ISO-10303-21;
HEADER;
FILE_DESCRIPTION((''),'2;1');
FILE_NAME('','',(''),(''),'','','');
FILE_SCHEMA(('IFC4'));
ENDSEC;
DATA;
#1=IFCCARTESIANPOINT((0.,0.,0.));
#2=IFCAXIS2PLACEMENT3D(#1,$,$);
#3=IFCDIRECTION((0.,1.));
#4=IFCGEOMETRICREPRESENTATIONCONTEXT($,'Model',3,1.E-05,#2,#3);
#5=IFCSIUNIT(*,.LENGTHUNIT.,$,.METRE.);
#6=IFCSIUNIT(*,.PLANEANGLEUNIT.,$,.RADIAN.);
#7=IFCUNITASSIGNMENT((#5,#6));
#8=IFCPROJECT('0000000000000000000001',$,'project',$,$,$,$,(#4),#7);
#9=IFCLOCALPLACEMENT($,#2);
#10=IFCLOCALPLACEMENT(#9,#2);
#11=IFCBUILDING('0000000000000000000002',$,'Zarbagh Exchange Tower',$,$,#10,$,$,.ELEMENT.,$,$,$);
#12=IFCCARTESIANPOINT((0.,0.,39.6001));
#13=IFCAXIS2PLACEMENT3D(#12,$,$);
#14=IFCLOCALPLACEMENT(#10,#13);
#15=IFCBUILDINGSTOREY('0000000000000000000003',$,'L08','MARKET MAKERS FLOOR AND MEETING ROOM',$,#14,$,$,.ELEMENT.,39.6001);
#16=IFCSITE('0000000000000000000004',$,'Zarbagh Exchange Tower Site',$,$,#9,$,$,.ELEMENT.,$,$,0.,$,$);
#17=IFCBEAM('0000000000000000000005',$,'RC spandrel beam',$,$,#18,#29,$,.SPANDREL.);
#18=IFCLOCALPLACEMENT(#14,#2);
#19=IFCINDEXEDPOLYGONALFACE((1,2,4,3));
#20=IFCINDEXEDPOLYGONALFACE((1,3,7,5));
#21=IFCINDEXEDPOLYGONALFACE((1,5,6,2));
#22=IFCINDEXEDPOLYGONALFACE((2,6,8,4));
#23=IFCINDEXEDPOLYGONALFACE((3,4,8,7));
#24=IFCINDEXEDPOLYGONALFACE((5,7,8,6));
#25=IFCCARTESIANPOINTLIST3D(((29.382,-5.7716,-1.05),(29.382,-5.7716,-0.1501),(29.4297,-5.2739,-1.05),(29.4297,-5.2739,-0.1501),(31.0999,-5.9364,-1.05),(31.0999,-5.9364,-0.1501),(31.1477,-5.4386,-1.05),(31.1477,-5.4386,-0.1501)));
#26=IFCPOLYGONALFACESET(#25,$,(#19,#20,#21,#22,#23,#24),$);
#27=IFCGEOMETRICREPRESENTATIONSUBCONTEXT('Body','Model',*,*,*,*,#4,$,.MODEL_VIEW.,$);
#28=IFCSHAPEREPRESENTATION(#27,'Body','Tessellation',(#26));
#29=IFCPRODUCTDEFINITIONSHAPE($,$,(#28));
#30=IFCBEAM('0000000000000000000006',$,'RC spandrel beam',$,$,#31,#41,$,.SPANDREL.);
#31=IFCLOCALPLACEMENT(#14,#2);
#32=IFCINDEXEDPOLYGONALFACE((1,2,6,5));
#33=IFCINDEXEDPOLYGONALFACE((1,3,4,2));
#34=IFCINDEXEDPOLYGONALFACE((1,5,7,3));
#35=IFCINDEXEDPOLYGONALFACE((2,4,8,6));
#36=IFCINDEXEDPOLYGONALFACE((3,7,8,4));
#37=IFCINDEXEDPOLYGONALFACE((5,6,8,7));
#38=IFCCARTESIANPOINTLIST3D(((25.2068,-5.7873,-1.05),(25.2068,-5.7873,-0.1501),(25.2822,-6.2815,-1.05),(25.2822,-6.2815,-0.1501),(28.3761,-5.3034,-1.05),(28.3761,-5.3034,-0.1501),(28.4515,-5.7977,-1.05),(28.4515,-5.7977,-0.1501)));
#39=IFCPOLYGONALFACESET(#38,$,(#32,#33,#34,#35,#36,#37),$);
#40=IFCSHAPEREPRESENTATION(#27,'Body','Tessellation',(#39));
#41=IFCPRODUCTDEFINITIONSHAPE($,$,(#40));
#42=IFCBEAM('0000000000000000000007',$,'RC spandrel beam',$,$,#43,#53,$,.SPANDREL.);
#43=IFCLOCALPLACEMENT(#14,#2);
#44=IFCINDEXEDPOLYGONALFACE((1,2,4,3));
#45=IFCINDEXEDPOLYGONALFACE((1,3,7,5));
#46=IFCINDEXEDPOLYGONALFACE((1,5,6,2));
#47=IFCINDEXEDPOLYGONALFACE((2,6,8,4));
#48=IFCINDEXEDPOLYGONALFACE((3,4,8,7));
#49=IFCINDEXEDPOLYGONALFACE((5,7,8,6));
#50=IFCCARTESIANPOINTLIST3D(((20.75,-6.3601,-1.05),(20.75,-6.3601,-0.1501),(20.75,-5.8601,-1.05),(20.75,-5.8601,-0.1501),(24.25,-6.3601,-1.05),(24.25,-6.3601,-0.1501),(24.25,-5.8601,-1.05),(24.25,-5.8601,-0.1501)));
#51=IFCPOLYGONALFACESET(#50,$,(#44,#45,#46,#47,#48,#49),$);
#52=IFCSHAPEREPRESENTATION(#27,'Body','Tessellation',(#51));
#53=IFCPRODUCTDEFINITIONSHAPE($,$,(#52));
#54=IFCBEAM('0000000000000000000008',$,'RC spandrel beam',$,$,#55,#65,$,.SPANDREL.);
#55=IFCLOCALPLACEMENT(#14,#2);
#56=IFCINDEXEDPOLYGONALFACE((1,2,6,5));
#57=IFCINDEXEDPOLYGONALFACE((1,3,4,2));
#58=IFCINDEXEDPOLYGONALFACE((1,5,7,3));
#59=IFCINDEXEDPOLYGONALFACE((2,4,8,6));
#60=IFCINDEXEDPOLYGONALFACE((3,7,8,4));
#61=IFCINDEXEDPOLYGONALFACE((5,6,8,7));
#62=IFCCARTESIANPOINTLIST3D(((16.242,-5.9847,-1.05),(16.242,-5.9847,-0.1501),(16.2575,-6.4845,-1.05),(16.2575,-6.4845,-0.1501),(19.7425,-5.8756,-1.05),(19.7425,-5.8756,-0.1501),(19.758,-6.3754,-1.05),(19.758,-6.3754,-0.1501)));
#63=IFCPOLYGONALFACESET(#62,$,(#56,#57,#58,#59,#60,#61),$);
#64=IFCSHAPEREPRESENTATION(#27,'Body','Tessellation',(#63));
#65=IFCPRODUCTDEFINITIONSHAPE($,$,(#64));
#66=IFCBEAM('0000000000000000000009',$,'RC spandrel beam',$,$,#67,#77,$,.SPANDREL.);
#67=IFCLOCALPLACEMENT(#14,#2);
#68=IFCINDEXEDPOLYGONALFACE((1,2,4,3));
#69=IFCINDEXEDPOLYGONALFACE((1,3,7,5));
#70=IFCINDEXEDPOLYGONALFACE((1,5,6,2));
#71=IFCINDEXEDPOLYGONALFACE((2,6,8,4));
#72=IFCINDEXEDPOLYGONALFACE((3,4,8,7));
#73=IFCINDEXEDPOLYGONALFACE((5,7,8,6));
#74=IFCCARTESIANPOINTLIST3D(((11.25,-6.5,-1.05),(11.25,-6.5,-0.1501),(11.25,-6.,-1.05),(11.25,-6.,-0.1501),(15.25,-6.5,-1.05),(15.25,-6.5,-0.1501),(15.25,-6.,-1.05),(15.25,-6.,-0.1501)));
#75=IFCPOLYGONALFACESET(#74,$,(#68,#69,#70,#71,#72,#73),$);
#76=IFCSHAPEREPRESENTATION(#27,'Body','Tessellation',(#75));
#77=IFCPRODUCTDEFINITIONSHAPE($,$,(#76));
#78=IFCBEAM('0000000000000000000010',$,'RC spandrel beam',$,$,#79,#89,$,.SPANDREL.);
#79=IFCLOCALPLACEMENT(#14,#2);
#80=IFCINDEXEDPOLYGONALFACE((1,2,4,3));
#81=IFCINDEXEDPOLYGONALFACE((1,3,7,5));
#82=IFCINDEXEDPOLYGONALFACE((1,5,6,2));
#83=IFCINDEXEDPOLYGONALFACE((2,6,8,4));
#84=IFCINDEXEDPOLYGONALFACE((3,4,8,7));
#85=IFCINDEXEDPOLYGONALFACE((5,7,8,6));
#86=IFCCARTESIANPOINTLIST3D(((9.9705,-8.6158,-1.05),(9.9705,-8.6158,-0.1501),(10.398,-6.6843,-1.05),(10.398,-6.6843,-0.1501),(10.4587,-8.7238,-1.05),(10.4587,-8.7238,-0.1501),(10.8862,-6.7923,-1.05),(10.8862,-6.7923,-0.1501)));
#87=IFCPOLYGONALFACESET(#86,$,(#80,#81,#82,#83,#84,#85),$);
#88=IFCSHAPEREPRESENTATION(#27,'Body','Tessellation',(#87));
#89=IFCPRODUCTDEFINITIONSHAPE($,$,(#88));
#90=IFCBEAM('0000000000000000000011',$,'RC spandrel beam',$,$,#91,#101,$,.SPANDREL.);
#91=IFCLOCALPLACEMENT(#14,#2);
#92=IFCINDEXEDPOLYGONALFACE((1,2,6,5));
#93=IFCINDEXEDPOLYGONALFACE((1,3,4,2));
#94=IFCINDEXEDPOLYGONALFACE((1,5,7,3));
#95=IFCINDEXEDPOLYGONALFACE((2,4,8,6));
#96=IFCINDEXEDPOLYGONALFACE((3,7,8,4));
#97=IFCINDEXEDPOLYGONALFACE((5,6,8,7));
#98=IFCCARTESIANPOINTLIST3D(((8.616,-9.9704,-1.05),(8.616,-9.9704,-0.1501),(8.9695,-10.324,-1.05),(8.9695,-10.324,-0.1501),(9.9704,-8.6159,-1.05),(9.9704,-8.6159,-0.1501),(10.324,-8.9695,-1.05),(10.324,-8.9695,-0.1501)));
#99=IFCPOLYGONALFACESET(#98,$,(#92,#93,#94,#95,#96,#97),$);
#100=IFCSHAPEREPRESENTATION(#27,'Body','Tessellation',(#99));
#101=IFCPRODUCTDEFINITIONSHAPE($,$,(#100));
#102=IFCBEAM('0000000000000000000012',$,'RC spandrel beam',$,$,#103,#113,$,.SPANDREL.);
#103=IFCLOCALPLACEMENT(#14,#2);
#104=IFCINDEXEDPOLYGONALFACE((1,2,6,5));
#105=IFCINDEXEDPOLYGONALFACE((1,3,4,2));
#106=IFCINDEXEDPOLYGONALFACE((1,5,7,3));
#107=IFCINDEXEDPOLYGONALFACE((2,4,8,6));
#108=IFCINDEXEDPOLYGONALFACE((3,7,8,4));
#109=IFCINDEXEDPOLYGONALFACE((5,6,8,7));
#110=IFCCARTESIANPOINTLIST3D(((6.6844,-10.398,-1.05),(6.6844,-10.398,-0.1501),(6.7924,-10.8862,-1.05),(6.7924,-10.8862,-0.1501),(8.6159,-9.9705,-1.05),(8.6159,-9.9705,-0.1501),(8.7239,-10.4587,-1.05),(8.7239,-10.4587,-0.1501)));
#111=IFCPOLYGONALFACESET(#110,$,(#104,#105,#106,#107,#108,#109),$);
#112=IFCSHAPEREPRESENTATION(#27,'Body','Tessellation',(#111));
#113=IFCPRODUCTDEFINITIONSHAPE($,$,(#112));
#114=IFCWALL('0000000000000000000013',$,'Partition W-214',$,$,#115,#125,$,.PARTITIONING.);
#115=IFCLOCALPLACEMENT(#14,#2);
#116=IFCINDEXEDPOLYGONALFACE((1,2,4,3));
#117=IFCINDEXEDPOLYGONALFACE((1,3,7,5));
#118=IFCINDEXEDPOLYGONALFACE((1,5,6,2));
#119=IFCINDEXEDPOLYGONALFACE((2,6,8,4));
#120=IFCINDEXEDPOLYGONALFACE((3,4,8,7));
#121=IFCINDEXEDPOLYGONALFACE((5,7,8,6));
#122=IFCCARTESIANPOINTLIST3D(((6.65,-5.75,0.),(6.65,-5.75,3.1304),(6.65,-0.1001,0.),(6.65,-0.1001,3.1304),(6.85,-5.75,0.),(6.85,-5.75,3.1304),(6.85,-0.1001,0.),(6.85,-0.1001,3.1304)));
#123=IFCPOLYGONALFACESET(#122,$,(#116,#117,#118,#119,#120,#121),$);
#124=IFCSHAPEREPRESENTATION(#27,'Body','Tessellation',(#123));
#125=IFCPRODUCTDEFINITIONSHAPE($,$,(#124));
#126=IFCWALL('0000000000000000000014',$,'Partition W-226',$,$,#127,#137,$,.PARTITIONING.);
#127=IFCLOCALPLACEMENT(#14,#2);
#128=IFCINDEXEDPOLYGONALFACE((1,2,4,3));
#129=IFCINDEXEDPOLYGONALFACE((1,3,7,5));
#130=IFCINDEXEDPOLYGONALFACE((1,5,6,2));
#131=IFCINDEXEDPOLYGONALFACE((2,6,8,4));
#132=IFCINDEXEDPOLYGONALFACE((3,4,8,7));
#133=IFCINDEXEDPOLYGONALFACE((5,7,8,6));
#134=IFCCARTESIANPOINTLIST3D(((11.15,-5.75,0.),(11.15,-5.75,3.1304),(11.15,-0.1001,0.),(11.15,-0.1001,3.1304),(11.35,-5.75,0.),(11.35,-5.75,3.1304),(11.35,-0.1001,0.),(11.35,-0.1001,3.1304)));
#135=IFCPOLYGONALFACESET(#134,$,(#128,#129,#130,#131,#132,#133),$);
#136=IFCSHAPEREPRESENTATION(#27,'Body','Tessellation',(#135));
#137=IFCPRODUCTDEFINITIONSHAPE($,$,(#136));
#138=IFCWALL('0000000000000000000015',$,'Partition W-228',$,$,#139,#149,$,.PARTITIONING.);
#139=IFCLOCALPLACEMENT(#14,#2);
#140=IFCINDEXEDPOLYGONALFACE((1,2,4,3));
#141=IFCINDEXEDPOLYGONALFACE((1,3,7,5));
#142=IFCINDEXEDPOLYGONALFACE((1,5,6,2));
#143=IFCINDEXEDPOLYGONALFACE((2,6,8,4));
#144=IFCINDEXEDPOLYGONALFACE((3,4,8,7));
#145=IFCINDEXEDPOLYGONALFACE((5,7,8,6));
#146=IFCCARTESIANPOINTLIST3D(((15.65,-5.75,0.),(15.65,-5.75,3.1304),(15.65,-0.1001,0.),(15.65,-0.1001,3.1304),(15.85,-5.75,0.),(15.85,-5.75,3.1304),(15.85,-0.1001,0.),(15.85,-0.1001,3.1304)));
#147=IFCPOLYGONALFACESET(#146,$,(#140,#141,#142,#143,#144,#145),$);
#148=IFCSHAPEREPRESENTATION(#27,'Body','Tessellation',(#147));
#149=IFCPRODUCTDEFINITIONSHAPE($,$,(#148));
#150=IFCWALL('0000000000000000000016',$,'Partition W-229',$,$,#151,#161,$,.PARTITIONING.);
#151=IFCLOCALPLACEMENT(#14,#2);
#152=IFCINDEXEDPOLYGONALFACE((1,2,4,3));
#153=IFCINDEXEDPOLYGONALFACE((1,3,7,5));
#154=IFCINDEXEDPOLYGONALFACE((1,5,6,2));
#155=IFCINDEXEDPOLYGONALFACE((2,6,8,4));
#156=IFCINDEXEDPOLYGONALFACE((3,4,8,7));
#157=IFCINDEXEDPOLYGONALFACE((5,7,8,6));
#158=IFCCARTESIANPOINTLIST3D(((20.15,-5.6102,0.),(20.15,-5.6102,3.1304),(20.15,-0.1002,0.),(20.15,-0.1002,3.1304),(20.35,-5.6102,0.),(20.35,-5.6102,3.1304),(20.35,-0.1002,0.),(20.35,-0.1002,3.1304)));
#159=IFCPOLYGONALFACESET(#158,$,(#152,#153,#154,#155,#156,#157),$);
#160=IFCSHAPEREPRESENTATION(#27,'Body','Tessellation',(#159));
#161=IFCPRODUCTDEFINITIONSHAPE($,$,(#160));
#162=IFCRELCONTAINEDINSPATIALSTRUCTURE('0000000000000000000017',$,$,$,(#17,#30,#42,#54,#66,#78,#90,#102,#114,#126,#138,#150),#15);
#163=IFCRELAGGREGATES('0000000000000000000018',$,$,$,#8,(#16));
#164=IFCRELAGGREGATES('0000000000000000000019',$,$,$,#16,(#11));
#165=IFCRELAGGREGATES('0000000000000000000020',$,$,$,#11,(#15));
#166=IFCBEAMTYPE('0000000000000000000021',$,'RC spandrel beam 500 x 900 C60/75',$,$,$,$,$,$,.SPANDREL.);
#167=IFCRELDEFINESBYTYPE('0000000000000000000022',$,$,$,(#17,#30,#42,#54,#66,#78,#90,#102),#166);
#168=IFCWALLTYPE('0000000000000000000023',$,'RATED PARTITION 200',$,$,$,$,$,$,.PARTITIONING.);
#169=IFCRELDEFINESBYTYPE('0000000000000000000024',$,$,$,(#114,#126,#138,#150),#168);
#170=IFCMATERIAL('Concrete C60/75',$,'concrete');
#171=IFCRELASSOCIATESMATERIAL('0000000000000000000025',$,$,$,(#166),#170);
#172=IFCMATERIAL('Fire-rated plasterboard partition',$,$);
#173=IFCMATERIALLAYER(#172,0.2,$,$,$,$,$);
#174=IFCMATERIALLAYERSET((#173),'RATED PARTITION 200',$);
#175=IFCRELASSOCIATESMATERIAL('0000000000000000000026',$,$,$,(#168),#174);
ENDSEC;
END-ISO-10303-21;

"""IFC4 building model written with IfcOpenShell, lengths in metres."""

from ifc_helpers import new_model, si_unit, direction, frame, frame_2d, origin, origin_2d, place, context, subcontext, project, spatial, rectangle, extrude, material, layer, layer_set, material_profile, profile_set, type_object, element, save


model = new_model("IFC4")

# Units and contexts
model_context = context("Model", 3, precision=1e-05, world=origin(), true_north=direction((0.0, 1.0)))
body_context = subcontext(model_context, "Body", "Model", "MODEL_VIEW")
ifc_project = project(units=[si_unit("LENGTHUNIT", "METRE"), si_unit("PLANEANGLEUNIT", "RADIAN")], contexts=[model_context])

# Site, building, storey
site_placement = place(None, origin())
site = spatial("IfcSite", under=ifc_project, at=site_placement, Name="Zarbagh Exchange Tower Site", CompositionType="ELEMENT", RefElevation=0.0)
building_placement = place(site_placement, origin())
building = spatial("IfcBuilding", under=site, at=building_placement, Name="Zarbagh Exchange Tower", CompositionType="ELEMENT")
storey_placement = place(building_placement, frame((0.0, 0.0, 39.6001)))
storey = spatial("IfcBuildingStorey", under=building, at=storey_placement, Name="L08", Description="MARKET MAKERS FLOOR AND MEETING ROOM", CompositionType="ELEMENT", Elevation=39.6001)

# Shared definitions
ifc_material_1 = material(Name="Concrete C60/75", Category="concrete")

# Beams
ifc_material_profile_1 = material_profile(ifc_material_1, rectangle(XDim=0.5, YDim=0.8999, at=origin_2d()), Name="RC spandrel beam 500 x 900 C60/75")
ifc_profile_set_1 = profile_set([ifc_material_profile_1], Name="Concrete C60/75")
beam_type_1 = type_object("IfcBeamType", Name="RC spandrel beam 500 x 900 C60/75", PredefinedType="SPANDREL", material=ifc_profile_set_1)
beam_1_placement = place(storey_placement, frame((31.1238, -5.6875, -0.6001), z_axis=(-0.995431, 0.095483, 0.0), x_axis=(-0.095483, -0.995431, 0.0)))
element("IfcBeam", 1, at=beam_1_placement, inside=storey, type_object=beam_type_1, Name="RC spandrel beam", PredefinedType="SPANDREL", context=body_context, shape_type="SweptSolid", body=[
    extrude(rectangle(XDim=0.5, YDim=0.8999, at=origin_2d()), origin(), (0.0, 0.0, 1.0), 1.7258),
])
beam_2_placement = place(storey_placement, frame((28.4138, -5.5505, -0.6001), z_axis=(-0.988545, -0.150924, 0.0), x_axis=(0.150924, -0.988545, 0.0)))
element("IfcBeam", 2, at=beam_2_placement, inside=storey, type_object=beam_type_1, Name="RC spandrel beam", PredefinedType="SPANDREL", context=body_context, shape_type="SweptSolid", body=[
    extrude(rectangle(XDim=0.5, YDim=0.8999, at=origin_2d()), origin(), (0.0, 0.0, 1.0), 3.2061),
])
beam_3_placement = place(storey_placement, frame((24.25, -6.1101, -0.6001), z_axis=(-1.0, 0.0, 0.0), x_axis=(0.0, -1.0, 0.0)))
element("IfcBeam", 3, at=beam_3_placement, inside=storey, type_object=beam_type_1, Name="RC spandrel beam", PredefinedType="SPANDREL", context=body_context, shape_type="SweptSolid", body=[
    extrude(rectangle(XDim=0.5, YDim=0.8999, at=origin_2d()), origin(), (0.0, 0.0, 1.0), 3.5),
])
beam_4_placement = place(storey_placement, frame((19.7502, -6.1255, -0.6001), z_axis=(-0.999514, -0.031161, 0.0), x_axis=(0.031161, -0.999514, 0.0)))
element("IfcBeam", 4, at=beam_4_placement, inside=storey, type_object=beam_type_1, Name="RC spandrel beam", PredefinedType="SPANDREL", context=body_context, shape_type="SweptSolid", body=[
    extrude(rectangle(XDim=0.5, YDim=0.8999, at=origin_2d()), origin(), (0.0, 0.0, 1.0), 3.5022),
])
beam_5_placement = place(storey_placement, frame((15.25, -6.25, -0.6001), z_axis=(-1.0, 0.0, 0.0), x_axis=(0.0, -1.0, 0.0)))
element("IfcBeam", 5, at=beam_5_placement, inside=storey, type_object=beam_type_1, Name="RC spandrel beam", PredefinedType="SPANDREL", context=body_context, shape_type="SweptSolid", body=[
    extrude(rectangle(XDim=0.5, YDim=0.8999, at=origin_2d()), origin(), (0.0, 0.0, 1.0), 4.0),
])
beam_6_placement = place(storey_placement, frame((10.6421, -6.7383, -0.6001), z_axis=(-0.216081, -0.976375, 0.0), x_axis=(0.976375, -0.216081, 0.0)))
element("IfcBeam", 6, at=beam_6_placement, inside=storey, type_object=beam_type_1, Name="RC spandrel beam", PredefinedType="SPANDREL", context=body_context, shape_type="SweptSolid", body=[
    extrude(rectangle(XDim=0.5, YDim=0.8999, at=origin_2d()), origin(), (0.0, 0.0, 1.0), 1.9783),
])
beam_7_placement = place(storey_placement, frame((10.1472, -8.7927, -0.6001), z_axis=(-0.707107, -0.707107, 0.0), x_axis=(0.707107, -0.707107, 0.0)))
element("IfcBeam", 7, at=beam_7_placement, inside=storey, type_object=beam_type_1, Name="RC spandrel beam", PredefinedType="SPANDREL", context=body_context, shape_type="SweptSolid", body=[
    extrude(rectangle(XDim=0.5, YDim=0.8999, at=origin_2d()), origin(), (0.0, 0.0, 1.0), 1.9155),
])
beam_8_placement = place(storey_placement, frame((8.6699, -10.2146, -0.6001), z_axis=(-0.976375, -0.216081, 0.0), x_axis=(0.216081, -0.976375, 0.0)))
element("IfcBeam", 8, at=beam_8_placement, inside=storey, type_object=beam_type_1, Name="RC spandrel beam", PredefinedType="SPANDREL", context=body_context, shape_type="SweptSolid", body=[
    extrude(rectangle(XDim=0.5, YDim=0.8999, at=origin_2d()), origin(), (0.0, 0.0, 1.0), 1.9783),
])

# Walls
ifc_material_2 = material(Name="Fire-rated plasterboard partition")
ifc_layer = layer(ifc_material_2, 0.2)
ifc_layer_set = layer_set([ifc_layer], Name="RATED PARTITION 200")
wall_type = type_object("IfcWallType", Name="RATED PARTITION 200", PredefinedType="PARTITIONING", material=ifc_layer_set)
for number, where, z_axis, x_axis, name in (
    (9, (6.75, -5.75, 0.0), (0.0, 0.0, 1.0), (0.0, 1.0, 0.0), "Partition W-214"),
    (10, (11.25, -5.75, 0.0), (0.0, 0.0, 1.0), (0.0, 1.0, 0.0), "Partition W-226"),
    (11, (15.75, -5.75, 0.0), (0.0, 0.0, 1.0), (0.0, 1.0, 0.0), "Partition W-228"),
):
    element("IfcWall", number, at=place(storey_placement, frame(where, z_axis=z_axis, x_axis=x_axis)), inside=storey, type_object=wall_type, Name=name, PredefinedType="PARTITIONING", context=body_context, shape_type="SweptSolid", body=[
        extrude(rectangle(XDim=5.6499, YDim=0.2, at=frame_2d((2.825, 0.0))), origin(), (0.0, 0.0, 1.0), 3.1304),
    ])
wall_placement = place(storey_placement, frame((20.25, -5.6101, 0.0), z_axis=(0.0, 0.0, 1.0), x_axis=(0.0, 1.0, 0.0)))
element("IfcWall", 12, at=wall_placement, inside=storey, type_object=wall_type, Name="Partition W-229", PredefinedType="PARTITIONING", context=body_context, shape_type="SweptSolid", body=[
    extrude(rectangle(XDim=5.51, YDim=0.2, at=frame_2d((2.7549, 0.0))), origin(), (0.0, 0.0, 1.0), 3.1304),
])

save(model, "model.ifc")
